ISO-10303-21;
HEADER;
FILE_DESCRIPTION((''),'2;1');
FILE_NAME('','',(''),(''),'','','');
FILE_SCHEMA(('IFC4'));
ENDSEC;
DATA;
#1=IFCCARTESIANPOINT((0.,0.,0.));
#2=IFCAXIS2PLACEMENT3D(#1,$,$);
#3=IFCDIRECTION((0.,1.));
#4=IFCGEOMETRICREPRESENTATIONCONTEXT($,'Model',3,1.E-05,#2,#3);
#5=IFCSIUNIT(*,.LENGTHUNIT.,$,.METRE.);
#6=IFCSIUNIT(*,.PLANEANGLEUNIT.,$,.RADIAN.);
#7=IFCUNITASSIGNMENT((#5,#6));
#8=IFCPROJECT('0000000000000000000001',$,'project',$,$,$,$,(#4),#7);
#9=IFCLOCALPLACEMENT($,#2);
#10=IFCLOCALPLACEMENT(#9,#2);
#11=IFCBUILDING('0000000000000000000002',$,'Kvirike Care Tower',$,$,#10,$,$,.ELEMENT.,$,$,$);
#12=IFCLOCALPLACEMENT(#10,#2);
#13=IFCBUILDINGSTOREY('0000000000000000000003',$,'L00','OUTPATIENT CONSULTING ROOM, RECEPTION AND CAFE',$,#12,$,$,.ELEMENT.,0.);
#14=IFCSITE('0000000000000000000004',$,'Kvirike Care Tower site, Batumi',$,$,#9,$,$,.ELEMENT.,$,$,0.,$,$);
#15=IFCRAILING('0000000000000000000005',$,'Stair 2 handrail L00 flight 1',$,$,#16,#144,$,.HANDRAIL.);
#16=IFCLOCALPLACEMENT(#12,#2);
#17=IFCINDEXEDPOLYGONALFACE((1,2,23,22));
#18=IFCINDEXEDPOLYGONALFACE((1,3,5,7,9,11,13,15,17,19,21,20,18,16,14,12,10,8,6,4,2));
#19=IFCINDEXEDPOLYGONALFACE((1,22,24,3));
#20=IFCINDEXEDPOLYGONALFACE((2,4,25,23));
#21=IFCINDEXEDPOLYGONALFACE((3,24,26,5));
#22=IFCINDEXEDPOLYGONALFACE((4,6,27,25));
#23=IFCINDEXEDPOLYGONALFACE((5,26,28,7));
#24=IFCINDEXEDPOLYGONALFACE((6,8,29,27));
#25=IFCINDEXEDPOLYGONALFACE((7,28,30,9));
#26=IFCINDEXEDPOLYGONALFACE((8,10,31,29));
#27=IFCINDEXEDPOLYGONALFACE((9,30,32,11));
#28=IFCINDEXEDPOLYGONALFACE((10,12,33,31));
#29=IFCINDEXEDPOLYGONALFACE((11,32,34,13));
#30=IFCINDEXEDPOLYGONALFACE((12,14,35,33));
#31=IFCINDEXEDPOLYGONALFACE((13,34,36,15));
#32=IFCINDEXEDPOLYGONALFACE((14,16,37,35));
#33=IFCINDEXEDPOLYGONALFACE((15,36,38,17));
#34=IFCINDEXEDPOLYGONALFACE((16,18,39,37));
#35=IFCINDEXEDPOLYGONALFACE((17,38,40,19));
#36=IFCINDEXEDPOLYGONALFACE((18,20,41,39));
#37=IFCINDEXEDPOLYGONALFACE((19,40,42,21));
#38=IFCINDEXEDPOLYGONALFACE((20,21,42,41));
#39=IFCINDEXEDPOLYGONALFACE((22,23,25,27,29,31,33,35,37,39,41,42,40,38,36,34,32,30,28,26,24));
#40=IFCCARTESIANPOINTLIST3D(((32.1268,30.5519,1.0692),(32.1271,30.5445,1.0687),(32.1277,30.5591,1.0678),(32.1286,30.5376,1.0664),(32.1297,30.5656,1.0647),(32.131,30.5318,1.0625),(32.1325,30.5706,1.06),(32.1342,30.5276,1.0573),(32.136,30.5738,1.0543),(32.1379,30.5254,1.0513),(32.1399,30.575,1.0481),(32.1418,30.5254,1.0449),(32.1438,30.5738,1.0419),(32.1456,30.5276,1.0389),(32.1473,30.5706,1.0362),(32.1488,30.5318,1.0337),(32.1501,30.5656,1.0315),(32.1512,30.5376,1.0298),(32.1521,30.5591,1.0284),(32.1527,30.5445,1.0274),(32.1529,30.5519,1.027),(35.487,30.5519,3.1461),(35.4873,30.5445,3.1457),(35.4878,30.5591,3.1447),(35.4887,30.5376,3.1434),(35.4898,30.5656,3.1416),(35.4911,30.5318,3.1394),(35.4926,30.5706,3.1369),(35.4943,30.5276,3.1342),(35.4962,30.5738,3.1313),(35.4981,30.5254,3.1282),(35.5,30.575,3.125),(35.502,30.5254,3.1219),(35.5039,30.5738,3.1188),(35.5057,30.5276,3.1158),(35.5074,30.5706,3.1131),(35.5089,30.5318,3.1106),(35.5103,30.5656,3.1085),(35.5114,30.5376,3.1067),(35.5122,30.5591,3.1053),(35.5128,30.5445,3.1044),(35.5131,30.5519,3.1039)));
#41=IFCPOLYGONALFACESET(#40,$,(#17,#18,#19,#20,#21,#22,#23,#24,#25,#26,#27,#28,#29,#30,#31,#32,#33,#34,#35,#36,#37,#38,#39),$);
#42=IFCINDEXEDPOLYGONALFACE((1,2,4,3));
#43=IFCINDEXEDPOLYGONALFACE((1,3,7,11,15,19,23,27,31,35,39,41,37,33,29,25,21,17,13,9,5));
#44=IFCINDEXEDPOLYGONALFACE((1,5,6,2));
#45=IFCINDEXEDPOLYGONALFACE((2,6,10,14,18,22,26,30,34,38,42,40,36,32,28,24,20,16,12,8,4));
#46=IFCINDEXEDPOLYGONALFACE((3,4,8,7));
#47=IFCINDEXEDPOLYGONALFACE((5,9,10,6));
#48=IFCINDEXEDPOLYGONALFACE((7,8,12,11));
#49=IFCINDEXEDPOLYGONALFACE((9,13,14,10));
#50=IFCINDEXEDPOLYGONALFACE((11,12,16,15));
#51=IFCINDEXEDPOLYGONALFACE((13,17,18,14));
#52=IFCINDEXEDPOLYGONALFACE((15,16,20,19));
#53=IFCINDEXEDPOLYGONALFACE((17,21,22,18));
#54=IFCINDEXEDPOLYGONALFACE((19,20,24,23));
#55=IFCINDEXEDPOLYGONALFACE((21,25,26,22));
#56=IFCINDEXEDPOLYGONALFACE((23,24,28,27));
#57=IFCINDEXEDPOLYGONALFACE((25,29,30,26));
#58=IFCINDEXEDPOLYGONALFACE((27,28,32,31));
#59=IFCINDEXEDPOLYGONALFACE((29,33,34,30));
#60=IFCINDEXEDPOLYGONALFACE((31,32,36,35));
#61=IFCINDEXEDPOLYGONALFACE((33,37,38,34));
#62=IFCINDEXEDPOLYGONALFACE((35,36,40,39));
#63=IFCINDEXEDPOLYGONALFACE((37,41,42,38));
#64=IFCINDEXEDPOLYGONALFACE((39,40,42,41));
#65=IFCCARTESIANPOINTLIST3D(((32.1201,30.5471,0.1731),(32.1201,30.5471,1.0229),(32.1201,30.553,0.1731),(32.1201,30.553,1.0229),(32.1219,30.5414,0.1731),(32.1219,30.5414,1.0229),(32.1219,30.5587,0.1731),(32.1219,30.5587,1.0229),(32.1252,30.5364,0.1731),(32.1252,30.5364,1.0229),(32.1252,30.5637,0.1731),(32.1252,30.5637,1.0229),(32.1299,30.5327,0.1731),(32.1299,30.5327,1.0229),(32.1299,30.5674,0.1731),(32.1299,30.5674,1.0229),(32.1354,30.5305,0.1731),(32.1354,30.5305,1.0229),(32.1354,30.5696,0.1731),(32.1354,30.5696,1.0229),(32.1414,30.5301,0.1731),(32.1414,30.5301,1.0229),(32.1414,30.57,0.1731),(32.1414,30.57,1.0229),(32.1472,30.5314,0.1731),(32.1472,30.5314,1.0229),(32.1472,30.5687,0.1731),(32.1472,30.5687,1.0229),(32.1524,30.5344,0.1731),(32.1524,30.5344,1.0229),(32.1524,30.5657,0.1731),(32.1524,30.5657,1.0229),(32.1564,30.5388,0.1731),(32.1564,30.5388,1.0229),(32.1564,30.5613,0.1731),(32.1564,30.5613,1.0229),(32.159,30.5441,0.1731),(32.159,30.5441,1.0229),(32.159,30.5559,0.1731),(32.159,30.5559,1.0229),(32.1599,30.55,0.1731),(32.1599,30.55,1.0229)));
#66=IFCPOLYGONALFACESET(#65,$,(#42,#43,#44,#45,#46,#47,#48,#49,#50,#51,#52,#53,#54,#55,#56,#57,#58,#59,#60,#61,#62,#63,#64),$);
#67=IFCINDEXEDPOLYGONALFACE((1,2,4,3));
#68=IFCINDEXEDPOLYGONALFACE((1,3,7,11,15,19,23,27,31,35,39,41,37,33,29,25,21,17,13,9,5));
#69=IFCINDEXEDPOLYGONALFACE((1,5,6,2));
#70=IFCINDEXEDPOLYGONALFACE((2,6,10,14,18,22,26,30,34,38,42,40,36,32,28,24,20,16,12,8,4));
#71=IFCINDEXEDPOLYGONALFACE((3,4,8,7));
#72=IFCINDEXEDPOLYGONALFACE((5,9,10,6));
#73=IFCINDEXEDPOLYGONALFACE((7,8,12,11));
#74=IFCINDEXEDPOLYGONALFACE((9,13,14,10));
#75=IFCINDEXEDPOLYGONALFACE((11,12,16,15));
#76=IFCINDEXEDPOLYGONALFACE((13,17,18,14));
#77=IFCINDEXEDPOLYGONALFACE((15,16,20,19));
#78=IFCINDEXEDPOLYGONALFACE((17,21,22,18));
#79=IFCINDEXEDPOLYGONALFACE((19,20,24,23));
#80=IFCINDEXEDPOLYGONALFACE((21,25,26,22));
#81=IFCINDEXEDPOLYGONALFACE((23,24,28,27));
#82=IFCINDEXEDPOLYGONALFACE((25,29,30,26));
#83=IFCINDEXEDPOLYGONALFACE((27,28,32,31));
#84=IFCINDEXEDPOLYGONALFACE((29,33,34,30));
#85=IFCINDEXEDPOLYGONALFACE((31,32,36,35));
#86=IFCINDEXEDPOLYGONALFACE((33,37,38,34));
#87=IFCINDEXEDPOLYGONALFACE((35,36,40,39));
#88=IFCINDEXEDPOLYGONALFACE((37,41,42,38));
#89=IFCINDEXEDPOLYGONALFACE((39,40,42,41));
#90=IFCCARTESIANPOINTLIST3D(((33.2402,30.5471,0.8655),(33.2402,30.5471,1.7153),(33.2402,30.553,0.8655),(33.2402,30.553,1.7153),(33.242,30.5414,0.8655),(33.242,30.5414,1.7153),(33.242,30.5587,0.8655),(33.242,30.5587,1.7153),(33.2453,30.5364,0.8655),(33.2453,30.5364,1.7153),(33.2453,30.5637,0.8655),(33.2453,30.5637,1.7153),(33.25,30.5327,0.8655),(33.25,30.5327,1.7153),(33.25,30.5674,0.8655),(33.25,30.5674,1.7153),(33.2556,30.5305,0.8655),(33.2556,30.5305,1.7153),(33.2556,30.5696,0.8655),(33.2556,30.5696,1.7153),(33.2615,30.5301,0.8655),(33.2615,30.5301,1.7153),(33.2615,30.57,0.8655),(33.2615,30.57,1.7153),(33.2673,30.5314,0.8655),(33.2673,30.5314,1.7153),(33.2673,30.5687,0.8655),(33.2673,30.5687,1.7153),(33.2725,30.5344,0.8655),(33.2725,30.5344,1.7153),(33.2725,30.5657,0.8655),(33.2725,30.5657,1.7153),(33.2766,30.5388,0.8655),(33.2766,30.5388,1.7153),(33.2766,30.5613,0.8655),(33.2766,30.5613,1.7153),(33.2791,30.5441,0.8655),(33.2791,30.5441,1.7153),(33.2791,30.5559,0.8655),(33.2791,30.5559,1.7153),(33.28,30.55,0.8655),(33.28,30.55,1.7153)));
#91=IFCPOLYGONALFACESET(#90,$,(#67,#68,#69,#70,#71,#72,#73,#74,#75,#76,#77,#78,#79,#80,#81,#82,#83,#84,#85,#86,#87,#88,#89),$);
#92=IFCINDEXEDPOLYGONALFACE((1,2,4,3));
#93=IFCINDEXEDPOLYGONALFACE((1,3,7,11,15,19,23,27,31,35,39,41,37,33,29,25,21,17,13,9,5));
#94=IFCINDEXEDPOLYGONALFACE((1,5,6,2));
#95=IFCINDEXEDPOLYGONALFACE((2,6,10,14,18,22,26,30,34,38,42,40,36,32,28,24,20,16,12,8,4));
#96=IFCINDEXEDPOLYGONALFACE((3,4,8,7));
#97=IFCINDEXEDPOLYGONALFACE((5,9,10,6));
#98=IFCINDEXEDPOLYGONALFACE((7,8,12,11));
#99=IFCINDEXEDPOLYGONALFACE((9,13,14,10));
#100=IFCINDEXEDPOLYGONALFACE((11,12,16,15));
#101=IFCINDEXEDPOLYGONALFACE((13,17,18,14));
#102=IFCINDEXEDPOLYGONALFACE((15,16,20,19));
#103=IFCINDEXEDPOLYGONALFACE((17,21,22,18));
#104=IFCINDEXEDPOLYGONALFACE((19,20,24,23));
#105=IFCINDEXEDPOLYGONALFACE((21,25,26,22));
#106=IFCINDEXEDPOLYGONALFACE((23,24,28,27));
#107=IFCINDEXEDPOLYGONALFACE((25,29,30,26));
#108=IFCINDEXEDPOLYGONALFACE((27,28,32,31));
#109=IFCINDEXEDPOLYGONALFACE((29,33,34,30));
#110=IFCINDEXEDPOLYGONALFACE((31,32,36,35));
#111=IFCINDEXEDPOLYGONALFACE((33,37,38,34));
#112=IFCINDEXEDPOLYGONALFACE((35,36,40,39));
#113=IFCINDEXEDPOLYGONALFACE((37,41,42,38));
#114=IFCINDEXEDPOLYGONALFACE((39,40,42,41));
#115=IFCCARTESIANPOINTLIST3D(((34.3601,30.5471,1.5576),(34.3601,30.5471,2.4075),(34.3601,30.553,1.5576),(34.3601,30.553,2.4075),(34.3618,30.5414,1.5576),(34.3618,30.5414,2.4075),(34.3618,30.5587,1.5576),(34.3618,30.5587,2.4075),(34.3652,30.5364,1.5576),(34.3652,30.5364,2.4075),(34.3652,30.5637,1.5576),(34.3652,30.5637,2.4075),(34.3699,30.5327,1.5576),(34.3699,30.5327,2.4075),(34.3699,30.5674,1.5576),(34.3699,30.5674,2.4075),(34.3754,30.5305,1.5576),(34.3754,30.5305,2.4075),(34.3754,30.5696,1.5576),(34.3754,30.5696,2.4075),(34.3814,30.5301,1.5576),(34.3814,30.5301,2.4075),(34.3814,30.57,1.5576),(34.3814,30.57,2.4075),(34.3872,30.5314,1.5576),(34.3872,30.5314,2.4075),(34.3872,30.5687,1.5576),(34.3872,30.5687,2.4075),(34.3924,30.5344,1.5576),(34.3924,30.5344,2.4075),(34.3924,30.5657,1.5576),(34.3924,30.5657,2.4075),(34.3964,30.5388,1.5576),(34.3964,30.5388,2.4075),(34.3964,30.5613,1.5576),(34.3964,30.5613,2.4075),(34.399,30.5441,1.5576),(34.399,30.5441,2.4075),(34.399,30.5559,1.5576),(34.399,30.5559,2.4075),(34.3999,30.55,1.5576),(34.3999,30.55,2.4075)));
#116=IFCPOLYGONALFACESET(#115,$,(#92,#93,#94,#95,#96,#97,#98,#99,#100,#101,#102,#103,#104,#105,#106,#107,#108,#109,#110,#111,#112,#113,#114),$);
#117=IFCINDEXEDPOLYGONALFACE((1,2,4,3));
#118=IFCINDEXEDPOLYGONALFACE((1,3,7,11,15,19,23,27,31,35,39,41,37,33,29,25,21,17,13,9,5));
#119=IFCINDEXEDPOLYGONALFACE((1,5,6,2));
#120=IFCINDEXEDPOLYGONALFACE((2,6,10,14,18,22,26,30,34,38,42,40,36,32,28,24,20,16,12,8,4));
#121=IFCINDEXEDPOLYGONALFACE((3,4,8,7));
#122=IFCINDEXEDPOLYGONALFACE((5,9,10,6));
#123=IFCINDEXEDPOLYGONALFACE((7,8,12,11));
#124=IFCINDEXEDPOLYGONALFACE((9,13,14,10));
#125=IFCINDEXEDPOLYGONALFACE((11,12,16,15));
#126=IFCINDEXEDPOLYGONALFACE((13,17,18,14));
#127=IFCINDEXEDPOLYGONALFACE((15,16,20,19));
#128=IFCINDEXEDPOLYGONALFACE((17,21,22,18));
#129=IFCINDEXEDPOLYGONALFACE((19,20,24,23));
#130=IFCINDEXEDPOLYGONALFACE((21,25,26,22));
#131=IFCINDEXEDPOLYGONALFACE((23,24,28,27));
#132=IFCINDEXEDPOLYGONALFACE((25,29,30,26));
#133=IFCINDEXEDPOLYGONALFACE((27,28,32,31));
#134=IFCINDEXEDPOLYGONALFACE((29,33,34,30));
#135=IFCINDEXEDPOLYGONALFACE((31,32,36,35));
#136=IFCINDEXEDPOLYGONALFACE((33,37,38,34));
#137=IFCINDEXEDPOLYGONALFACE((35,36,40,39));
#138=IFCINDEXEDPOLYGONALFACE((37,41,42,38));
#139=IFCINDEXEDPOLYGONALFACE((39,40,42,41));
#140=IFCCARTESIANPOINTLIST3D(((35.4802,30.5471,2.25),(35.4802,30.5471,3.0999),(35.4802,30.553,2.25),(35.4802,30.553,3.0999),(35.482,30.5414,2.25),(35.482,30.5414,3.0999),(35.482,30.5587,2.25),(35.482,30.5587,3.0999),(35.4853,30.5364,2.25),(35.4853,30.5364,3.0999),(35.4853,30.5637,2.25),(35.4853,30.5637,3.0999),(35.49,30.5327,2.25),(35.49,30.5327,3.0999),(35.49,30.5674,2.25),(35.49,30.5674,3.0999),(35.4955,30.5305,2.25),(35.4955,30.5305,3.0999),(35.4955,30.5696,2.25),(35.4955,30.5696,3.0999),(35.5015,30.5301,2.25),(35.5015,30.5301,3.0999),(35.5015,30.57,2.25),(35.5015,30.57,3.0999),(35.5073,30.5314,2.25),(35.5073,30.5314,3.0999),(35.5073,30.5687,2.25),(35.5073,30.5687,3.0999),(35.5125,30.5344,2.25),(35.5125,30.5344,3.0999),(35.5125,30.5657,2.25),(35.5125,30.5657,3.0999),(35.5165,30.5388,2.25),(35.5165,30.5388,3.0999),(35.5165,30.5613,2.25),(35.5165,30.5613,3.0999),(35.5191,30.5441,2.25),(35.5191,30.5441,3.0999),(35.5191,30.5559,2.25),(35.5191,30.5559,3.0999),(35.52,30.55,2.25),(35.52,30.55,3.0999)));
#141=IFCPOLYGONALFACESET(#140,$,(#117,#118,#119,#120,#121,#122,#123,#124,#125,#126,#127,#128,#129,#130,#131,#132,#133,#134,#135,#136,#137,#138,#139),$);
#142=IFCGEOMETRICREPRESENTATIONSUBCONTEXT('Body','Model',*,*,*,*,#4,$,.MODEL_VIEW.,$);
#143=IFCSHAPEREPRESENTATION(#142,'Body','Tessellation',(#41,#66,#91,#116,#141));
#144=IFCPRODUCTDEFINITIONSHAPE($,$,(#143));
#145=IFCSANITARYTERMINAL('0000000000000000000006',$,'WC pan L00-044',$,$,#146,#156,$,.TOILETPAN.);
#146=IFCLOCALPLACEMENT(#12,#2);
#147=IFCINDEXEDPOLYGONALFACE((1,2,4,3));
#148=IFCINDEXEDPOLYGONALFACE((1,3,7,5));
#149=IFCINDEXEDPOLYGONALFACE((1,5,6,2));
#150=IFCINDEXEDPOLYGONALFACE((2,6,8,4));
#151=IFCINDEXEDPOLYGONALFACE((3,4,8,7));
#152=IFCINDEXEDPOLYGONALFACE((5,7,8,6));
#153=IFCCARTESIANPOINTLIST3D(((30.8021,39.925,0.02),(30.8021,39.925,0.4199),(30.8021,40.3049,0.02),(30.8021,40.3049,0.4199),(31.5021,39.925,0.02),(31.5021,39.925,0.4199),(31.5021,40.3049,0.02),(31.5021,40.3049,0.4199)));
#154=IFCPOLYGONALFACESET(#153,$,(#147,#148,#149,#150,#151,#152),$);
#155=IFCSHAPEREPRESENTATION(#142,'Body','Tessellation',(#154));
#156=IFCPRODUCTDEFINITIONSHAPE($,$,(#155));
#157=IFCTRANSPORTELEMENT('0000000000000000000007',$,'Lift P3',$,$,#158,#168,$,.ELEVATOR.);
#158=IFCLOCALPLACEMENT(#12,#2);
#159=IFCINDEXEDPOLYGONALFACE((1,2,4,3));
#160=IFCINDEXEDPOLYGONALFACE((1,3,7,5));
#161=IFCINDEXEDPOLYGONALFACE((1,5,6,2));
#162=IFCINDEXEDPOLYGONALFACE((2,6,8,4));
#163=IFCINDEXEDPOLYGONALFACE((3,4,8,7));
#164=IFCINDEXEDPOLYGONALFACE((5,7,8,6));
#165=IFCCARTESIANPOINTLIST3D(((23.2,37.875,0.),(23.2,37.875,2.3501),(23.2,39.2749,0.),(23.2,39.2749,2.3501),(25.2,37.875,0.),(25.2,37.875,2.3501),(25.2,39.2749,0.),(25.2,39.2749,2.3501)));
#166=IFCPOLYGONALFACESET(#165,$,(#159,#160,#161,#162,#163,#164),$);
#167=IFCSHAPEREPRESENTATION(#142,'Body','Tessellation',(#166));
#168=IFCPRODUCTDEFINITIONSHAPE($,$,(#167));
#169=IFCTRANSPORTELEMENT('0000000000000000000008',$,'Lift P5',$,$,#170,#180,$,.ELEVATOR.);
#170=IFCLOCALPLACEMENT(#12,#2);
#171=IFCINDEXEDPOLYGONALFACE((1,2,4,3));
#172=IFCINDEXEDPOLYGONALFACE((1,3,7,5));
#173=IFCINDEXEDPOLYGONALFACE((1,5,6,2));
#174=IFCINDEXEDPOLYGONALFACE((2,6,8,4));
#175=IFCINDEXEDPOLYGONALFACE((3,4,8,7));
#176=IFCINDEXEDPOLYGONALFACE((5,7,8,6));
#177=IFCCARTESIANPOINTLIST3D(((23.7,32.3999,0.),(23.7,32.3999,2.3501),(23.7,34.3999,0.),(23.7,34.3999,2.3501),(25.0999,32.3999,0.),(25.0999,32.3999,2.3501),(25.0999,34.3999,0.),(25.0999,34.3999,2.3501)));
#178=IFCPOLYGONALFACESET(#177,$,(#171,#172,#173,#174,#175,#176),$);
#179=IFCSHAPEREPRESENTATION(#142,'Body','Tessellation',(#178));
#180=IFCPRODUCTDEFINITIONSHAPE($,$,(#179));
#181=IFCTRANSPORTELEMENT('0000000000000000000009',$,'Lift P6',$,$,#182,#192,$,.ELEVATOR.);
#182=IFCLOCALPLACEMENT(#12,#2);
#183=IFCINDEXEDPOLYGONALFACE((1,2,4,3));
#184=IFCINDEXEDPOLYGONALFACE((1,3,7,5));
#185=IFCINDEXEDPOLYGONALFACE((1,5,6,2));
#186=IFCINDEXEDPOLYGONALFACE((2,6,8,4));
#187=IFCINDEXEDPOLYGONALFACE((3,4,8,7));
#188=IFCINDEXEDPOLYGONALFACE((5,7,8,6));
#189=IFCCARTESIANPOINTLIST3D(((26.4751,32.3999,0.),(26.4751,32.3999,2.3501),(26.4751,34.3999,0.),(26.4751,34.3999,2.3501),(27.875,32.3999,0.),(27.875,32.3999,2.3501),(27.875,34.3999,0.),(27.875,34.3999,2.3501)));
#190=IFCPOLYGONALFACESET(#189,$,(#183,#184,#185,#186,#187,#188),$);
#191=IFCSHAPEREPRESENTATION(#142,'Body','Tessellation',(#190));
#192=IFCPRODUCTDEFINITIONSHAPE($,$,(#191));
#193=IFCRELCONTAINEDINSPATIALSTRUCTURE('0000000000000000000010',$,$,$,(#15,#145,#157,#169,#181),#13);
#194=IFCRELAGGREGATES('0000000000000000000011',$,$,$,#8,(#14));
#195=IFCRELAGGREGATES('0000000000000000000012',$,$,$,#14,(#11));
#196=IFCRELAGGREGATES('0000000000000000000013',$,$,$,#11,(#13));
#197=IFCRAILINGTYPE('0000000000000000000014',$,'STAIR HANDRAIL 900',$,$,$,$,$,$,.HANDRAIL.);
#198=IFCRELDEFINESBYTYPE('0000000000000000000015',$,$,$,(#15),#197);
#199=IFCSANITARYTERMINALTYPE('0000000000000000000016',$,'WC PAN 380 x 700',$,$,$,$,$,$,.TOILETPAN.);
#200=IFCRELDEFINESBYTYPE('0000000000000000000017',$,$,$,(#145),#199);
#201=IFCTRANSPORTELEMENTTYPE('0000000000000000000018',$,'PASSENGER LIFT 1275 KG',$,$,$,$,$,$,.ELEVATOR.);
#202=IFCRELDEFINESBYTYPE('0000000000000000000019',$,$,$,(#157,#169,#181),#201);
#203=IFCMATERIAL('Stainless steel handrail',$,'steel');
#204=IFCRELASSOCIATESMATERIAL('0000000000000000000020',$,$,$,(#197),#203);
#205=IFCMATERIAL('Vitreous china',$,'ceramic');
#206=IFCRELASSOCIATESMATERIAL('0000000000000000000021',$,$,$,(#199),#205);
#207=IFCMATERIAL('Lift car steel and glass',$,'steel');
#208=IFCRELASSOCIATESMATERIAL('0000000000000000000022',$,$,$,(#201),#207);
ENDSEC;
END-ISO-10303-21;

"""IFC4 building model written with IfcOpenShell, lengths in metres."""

from ifc_helpers import new_model, si_unit, direction, frame, origin, origin_2d, place, context, subcontext, project, spatial, rectangle, circle, extrude, material, type_object, element, save


model = new_model("IFC4")

# Units and contexts
model_context = context("Model", 3, precision=1e-05, world=origin(), true_north=direction((0.0, 1.0)))
body_context = subcontext(model_context, "Body", "Model", "MODEL_VIEW")
ifc_project = project(units=[si_unit("LENGTHUNIT", "METRE"), si_unit("PLANEANGLEUNIT", "RADIAN")], contexts=[model_context])

# Site, building, storey
site_placement = place(None, origin())
site = spatial("IfcSite", under=ifc_project, at=site_placement, Name="Kvirike Care Tower site, Batumi", CompositionType="ELEMENT", RefElevation=0.0)
building_placement = place(site_placement, origin())
building = spatial("IfcBuilding", under=site, at=building_placement, Name="Kvirike Care Tower", CompositionType="ELEMENT")
storey_placement = place(building_placement, origin())
storey = spatial("IfcBuildingStorey", under=building, at=storey_placement, Name="L00", Description="OUTPATIENT CONSULTING ROOM, RECEPTION AND CAFE", CompositionType="ELEMENT", Elevation=0.0)

# Railing
ifc_material_1 = material(Name="Stainless steel handrail", Category="steel")
railing_type = type_object("IfcRailingType", Name="STAIR HANDRAIL 900", PredefinedType="HANDRAIL", material=ifc_material_1)
railing_placement = place(storey_placement, frame((32.1399, 30.55, 0.1731)))
element("IfcRailing", 1, at=railing_placement, inside=storey, type_object=railing_type, Name="Stair 2 handrail L00 flight 1", PredefinedType="HANDRAIL", context=body_context, shape_type="SweptSolid", body=[
    extrude(circle(Radius=0.0249, at=origin_2d()), frame((0.0, 0.0, 0.875), z_axis=(0.850623, 0.0, 0.525776), x_axis=(0.0, 1.0, 0.0)), (0.0, 0.0, 1.0), 3.9502),
    extrude(circle(Radius=0.02, at=origin_2d()), origin(), (0.0, 0.0, 1.0), 0.8499),
    extrude(circle(Radius=0.02, at=origin_2d()), frame((1.1201, 0.0, 0.6924)), (0.0, 0.0, 1.0), 0.8499),
    extrude(circle(Radius=0.02, at=origin_2d()), frame((2.24, 0.0, 1.3845)), (0.0, 0.0, 1.0), 0.8499),
    extrude(circle(Radius=0.02, at=origin_2d()), frame((3.3601, 0.0, 2.0769)), (0.0, 0.0, 1.0), 0.8499),
])

# Sanitary terminal
ifc_material_2 = material(Name="Vitreous china", Category="ceramic")
sanitary_terminal_type = type_object("IfcSanitaryTerminalType", Name="WC PAN 380 x 700", PredefinedType="TOILETPAN", material=ifc_material_2)
sanitary_terminal_placement = place(storey_placement, frame((31.1521, 40.115, 0.02), z_axis=(0.0, 0.0, 1.0), x_axis=(0.0, 1.0, 0.0)))
element("IfcSanitaryTerminal", 2, at=sanitary_terminal_placement, inside=storey, type_object=sanitary_terminal_type, Name="WC pan L00-044", PredefinedType="TOILETPAN", context=body_context, shape_type="SweptSolid", body=[
    extrude(rectangle(XDim=0.3799, YDim=0.7, at=origin_2d()), origin(), (0.0, 0.0, 1.0), 0.3999),
])

# Transport elements
ifc_material_3 = material(Name="Lift car steel and glass", Category="steel")
transport_element_type = type_object("IfcTransportElementType", Name="PASSENGER LIFT 1275 KG", PredefinedType="ELEVATOR", material=ifc_material_3)
for number, where, z_axis, x_axis, name in (
    (3, (24.2, 38.575, 0.0), (0.0, 0.0, 1.0), (1.0, 0.0, 0.0), "Lift P3"),
    (4, (24.3999, 33.3999, 0.0), (0.0, 0.0, 1.0), (0.0, 1.0, 0.0), "Lift P5"),
    (5, (27.175, 33.3999, 0.0), (0.0, 0.0, 1.0), (0.0, 1.0, 0.0), "Lift P6"),
):
    element("IfcTransportElement", number, at=place(storey_placement, frame(where, z_axis=z_axis, x_axis=x_axis)), inside=storey, type_object=transport_element_type, Name=name, PredefinedType="ELEVATOR", context=body_context, shape_type="SweptSolid", body=[
        extrude(rectangle(XDim=2.0, YDim=1.3999, at=origin_2d()), origin(), (0.0, 0.0, 1.0), 2.3501),
    ])

save(model, "model.ifc")
